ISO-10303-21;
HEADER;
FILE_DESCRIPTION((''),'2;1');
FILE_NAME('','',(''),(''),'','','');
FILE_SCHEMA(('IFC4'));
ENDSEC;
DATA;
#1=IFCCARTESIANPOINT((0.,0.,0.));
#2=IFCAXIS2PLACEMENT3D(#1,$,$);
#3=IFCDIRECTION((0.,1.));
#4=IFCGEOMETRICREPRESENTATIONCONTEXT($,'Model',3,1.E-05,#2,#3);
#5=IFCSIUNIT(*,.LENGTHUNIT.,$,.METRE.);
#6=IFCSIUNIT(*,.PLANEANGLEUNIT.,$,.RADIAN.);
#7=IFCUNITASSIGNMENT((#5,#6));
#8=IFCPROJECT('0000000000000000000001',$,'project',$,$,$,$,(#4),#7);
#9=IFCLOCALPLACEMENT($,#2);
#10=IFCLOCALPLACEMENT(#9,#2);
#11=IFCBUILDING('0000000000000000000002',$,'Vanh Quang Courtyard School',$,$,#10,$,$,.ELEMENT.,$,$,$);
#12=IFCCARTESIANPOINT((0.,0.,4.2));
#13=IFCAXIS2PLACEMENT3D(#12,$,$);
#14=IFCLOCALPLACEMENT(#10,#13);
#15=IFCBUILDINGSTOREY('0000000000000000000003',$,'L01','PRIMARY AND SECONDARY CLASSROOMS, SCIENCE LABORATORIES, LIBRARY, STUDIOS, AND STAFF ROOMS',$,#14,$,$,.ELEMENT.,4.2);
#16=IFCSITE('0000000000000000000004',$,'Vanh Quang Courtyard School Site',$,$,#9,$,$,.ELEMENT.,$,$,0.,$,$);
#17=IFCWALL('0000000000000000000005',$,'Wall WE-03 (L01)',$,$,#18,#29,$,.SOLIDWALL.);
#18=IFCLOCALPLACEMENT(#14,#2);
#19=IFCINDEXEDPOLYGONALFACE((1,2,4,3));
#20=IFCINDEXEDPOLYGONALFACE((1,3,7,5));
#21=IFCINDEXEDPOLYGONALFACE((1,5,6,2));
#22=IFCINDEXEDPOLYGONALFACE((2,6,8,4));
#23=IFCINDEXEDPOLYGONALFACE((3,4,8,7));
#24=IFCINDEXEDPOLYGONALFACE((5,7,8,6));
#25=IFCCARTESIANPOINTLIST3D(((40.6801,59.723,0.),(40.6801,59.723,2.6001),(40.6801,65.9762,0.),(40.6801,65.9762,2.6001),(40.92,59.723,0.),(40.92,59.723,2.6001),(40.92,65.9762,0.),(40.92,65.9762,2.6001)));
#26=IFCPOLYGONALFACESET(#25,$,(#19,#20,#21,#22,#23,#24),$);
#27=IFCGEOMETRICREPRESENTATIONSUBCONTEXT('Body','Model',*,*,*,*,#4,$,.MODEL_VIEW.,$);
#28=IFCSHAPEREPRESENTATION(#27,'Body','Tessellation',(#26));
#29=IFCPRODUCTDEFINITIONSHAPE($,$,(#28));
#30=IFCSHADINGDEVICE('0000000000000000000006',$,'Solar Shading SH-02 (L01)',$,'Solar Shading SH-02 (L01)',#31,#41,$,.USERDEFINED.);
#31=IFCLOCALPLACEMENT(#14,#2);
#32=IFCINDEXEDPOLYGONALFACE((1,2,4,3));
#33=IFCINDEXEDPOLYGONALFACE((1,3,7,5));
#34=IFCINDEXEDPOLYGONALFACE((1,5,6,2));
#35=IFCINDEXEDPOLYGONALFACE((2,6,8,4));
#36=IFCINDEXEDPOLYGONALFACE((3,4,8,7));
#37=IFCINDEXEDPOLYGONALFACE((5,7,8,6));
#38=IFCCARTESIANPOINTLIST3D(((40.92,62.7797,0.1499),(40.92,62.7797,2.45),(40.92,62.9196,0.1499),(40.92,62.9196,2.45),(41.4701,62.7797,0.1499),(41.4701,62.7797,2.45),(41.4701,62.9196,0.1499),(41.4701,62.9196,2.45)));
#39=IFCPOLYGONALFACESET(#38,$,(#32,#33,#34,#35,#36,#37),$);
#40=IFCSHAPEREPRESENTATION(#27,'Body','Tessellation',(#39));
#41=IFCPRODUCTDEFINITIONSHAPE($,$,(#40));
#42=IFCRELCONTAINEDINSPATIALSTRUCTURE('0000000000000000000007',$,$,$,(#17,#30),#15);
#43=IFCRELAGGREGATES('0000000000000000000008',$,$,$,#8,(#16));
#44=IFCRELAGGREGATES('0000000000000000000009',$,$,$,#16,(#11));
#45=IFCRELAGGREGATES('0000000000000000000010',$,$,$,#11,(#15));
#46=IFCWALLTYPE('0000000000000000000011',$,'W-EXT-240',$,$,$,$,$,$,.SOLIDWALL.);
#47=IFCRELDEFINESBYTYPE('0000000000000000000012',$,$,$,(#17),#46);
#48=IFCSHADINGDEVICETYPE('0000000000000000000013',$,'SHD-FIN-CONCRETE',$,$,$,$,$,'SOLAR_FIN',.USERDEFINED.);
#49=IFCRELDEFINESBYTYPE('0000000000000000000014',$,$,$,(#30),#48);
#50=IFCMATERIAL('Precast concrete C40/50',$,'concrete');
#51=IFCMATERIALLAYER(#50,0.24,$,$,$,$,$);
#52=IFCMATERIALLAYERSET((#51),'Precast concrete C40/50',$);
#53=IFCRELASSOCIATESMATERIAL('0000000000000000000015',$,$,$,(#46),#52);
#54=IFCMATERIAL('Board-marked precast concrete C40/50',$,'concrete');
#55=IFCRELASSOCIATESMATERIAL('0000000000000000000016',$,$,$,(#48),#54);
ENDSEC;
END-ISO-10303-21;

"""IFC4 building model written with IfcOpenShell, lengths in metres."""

from ifc_helpers import new_model, si_unit, direction, frame, frame_2d, origin, origin_2d, place, context, subcontext, project, spatial, rectangle, extrude, material, layer, layer_set, type_object, element, save


model = new_model("IFC4")

# Units and contexts
model_context = context("Model", 3, precision=1e-05, world=origin(), true_north=direction((0.0, 1.0)))
body_context = subcontext(model_context, "Body", "Model", "MODEL_VIEW")
ifc_project = project(units=[si_unit("LENGTHUNIT", "METRE"), si_unit("PLANEANGLEUNIT", "RADIAN")], contexts=[model_context])

# Site, building, storey
site_placement = place(None, origin())
site = spatial("IfcSite", under=ifc_project, at=site_placement, Name="Vanh Quang Courtyard School Site", CompositionType="ELEMENT", RefElevation=0.0)
building_placement = place(site_placement, origin())
building = spatial("IfcBuilding", under=site, at=building_placement, Name="Vanh Quang Courtyard School", CompositionType="ELEMENT")
storey_placement = place(building_placement, frame((0.0, 0.0, 4.2)))
storey = spatial("IfcBuildingStorey", under=building, at=storey_placement, Name="L01", Description="PRIMARY AND SECONDARY CLASSROOMS, SCIENCE LABORATORIES, LIBRARY, STUDIOS, AND STAFF ROOMS", CompositionType="ELEMENT", Elevation=4.2)

# Wall
ifc_material_1 = material(Name="Precast concrete C40/50", Category="concrete")
ifc_layer_1 = layer(ifc_material_1, 0.24)
ifc_layer_set_1 = layer_set([ifc_layer_1], Name="Precast concrete C40/50")
wall_type = type_object("IfcWallType", Name="W-EXT-240", PredefinedType="SOLIDWALL", material=ifc_layer_set_1)
wall_placement = place(storey_placement, frame((40.8, 65.9761, 0.0), z_axis=(0.0, 0.0, 1.0), x_axis=(0.0, -1.0, 0.0)))
element("IfcWall", 1, at=wall_placement, inside=storey, type_object=wall_type, Name="Wall WE-03 (L01)", PredefinedType="SOLIDWALL", context=body_context, shape_type="SweptSolid", body=[
    extrude(rectangle(XDim=6.2532, YDim=0.24, at=frame_2d((3.1265, 0.0))), origin(), (0.0, 0.0, 1.0), 2.6001),
])

# Shading device
ifc_material_2 = material(Name="Board-marked precast concrete C40/50", Category="concrete")
shading_device_type = type_object("IfcShadingDeviceType", Name="SHD-FIN-CONCRETE", ElementType="SOLAR_FIN", PredefinedType="USERDEFINED", material=ifc_material_2)
shading_device_placement = place(storey_placement, frame((41.1951, 62.8496, 0.1499), z_axis=(0.0, 0.0, 1.0), x_axis=(0.0, -1.0, 0.0)))
element("IfcShadingDevice", 2, at=shading_device_placement, inside=storey, type_object=shading_device_type, Name="Solar Shading SH-02 (L01)", ObjectType="Solar Shading SH-02 (L01)", PredefinedType="USERDEFINED", context=body_context, shape_type="SweptSolid", body=[
    extrude(rectangle(XDim=0.1399, YDim=0.55, at=origin_2d()), origin(), (0.0, 0.0, 1.0), 2.3),
])

save(model, "model.ifc")
